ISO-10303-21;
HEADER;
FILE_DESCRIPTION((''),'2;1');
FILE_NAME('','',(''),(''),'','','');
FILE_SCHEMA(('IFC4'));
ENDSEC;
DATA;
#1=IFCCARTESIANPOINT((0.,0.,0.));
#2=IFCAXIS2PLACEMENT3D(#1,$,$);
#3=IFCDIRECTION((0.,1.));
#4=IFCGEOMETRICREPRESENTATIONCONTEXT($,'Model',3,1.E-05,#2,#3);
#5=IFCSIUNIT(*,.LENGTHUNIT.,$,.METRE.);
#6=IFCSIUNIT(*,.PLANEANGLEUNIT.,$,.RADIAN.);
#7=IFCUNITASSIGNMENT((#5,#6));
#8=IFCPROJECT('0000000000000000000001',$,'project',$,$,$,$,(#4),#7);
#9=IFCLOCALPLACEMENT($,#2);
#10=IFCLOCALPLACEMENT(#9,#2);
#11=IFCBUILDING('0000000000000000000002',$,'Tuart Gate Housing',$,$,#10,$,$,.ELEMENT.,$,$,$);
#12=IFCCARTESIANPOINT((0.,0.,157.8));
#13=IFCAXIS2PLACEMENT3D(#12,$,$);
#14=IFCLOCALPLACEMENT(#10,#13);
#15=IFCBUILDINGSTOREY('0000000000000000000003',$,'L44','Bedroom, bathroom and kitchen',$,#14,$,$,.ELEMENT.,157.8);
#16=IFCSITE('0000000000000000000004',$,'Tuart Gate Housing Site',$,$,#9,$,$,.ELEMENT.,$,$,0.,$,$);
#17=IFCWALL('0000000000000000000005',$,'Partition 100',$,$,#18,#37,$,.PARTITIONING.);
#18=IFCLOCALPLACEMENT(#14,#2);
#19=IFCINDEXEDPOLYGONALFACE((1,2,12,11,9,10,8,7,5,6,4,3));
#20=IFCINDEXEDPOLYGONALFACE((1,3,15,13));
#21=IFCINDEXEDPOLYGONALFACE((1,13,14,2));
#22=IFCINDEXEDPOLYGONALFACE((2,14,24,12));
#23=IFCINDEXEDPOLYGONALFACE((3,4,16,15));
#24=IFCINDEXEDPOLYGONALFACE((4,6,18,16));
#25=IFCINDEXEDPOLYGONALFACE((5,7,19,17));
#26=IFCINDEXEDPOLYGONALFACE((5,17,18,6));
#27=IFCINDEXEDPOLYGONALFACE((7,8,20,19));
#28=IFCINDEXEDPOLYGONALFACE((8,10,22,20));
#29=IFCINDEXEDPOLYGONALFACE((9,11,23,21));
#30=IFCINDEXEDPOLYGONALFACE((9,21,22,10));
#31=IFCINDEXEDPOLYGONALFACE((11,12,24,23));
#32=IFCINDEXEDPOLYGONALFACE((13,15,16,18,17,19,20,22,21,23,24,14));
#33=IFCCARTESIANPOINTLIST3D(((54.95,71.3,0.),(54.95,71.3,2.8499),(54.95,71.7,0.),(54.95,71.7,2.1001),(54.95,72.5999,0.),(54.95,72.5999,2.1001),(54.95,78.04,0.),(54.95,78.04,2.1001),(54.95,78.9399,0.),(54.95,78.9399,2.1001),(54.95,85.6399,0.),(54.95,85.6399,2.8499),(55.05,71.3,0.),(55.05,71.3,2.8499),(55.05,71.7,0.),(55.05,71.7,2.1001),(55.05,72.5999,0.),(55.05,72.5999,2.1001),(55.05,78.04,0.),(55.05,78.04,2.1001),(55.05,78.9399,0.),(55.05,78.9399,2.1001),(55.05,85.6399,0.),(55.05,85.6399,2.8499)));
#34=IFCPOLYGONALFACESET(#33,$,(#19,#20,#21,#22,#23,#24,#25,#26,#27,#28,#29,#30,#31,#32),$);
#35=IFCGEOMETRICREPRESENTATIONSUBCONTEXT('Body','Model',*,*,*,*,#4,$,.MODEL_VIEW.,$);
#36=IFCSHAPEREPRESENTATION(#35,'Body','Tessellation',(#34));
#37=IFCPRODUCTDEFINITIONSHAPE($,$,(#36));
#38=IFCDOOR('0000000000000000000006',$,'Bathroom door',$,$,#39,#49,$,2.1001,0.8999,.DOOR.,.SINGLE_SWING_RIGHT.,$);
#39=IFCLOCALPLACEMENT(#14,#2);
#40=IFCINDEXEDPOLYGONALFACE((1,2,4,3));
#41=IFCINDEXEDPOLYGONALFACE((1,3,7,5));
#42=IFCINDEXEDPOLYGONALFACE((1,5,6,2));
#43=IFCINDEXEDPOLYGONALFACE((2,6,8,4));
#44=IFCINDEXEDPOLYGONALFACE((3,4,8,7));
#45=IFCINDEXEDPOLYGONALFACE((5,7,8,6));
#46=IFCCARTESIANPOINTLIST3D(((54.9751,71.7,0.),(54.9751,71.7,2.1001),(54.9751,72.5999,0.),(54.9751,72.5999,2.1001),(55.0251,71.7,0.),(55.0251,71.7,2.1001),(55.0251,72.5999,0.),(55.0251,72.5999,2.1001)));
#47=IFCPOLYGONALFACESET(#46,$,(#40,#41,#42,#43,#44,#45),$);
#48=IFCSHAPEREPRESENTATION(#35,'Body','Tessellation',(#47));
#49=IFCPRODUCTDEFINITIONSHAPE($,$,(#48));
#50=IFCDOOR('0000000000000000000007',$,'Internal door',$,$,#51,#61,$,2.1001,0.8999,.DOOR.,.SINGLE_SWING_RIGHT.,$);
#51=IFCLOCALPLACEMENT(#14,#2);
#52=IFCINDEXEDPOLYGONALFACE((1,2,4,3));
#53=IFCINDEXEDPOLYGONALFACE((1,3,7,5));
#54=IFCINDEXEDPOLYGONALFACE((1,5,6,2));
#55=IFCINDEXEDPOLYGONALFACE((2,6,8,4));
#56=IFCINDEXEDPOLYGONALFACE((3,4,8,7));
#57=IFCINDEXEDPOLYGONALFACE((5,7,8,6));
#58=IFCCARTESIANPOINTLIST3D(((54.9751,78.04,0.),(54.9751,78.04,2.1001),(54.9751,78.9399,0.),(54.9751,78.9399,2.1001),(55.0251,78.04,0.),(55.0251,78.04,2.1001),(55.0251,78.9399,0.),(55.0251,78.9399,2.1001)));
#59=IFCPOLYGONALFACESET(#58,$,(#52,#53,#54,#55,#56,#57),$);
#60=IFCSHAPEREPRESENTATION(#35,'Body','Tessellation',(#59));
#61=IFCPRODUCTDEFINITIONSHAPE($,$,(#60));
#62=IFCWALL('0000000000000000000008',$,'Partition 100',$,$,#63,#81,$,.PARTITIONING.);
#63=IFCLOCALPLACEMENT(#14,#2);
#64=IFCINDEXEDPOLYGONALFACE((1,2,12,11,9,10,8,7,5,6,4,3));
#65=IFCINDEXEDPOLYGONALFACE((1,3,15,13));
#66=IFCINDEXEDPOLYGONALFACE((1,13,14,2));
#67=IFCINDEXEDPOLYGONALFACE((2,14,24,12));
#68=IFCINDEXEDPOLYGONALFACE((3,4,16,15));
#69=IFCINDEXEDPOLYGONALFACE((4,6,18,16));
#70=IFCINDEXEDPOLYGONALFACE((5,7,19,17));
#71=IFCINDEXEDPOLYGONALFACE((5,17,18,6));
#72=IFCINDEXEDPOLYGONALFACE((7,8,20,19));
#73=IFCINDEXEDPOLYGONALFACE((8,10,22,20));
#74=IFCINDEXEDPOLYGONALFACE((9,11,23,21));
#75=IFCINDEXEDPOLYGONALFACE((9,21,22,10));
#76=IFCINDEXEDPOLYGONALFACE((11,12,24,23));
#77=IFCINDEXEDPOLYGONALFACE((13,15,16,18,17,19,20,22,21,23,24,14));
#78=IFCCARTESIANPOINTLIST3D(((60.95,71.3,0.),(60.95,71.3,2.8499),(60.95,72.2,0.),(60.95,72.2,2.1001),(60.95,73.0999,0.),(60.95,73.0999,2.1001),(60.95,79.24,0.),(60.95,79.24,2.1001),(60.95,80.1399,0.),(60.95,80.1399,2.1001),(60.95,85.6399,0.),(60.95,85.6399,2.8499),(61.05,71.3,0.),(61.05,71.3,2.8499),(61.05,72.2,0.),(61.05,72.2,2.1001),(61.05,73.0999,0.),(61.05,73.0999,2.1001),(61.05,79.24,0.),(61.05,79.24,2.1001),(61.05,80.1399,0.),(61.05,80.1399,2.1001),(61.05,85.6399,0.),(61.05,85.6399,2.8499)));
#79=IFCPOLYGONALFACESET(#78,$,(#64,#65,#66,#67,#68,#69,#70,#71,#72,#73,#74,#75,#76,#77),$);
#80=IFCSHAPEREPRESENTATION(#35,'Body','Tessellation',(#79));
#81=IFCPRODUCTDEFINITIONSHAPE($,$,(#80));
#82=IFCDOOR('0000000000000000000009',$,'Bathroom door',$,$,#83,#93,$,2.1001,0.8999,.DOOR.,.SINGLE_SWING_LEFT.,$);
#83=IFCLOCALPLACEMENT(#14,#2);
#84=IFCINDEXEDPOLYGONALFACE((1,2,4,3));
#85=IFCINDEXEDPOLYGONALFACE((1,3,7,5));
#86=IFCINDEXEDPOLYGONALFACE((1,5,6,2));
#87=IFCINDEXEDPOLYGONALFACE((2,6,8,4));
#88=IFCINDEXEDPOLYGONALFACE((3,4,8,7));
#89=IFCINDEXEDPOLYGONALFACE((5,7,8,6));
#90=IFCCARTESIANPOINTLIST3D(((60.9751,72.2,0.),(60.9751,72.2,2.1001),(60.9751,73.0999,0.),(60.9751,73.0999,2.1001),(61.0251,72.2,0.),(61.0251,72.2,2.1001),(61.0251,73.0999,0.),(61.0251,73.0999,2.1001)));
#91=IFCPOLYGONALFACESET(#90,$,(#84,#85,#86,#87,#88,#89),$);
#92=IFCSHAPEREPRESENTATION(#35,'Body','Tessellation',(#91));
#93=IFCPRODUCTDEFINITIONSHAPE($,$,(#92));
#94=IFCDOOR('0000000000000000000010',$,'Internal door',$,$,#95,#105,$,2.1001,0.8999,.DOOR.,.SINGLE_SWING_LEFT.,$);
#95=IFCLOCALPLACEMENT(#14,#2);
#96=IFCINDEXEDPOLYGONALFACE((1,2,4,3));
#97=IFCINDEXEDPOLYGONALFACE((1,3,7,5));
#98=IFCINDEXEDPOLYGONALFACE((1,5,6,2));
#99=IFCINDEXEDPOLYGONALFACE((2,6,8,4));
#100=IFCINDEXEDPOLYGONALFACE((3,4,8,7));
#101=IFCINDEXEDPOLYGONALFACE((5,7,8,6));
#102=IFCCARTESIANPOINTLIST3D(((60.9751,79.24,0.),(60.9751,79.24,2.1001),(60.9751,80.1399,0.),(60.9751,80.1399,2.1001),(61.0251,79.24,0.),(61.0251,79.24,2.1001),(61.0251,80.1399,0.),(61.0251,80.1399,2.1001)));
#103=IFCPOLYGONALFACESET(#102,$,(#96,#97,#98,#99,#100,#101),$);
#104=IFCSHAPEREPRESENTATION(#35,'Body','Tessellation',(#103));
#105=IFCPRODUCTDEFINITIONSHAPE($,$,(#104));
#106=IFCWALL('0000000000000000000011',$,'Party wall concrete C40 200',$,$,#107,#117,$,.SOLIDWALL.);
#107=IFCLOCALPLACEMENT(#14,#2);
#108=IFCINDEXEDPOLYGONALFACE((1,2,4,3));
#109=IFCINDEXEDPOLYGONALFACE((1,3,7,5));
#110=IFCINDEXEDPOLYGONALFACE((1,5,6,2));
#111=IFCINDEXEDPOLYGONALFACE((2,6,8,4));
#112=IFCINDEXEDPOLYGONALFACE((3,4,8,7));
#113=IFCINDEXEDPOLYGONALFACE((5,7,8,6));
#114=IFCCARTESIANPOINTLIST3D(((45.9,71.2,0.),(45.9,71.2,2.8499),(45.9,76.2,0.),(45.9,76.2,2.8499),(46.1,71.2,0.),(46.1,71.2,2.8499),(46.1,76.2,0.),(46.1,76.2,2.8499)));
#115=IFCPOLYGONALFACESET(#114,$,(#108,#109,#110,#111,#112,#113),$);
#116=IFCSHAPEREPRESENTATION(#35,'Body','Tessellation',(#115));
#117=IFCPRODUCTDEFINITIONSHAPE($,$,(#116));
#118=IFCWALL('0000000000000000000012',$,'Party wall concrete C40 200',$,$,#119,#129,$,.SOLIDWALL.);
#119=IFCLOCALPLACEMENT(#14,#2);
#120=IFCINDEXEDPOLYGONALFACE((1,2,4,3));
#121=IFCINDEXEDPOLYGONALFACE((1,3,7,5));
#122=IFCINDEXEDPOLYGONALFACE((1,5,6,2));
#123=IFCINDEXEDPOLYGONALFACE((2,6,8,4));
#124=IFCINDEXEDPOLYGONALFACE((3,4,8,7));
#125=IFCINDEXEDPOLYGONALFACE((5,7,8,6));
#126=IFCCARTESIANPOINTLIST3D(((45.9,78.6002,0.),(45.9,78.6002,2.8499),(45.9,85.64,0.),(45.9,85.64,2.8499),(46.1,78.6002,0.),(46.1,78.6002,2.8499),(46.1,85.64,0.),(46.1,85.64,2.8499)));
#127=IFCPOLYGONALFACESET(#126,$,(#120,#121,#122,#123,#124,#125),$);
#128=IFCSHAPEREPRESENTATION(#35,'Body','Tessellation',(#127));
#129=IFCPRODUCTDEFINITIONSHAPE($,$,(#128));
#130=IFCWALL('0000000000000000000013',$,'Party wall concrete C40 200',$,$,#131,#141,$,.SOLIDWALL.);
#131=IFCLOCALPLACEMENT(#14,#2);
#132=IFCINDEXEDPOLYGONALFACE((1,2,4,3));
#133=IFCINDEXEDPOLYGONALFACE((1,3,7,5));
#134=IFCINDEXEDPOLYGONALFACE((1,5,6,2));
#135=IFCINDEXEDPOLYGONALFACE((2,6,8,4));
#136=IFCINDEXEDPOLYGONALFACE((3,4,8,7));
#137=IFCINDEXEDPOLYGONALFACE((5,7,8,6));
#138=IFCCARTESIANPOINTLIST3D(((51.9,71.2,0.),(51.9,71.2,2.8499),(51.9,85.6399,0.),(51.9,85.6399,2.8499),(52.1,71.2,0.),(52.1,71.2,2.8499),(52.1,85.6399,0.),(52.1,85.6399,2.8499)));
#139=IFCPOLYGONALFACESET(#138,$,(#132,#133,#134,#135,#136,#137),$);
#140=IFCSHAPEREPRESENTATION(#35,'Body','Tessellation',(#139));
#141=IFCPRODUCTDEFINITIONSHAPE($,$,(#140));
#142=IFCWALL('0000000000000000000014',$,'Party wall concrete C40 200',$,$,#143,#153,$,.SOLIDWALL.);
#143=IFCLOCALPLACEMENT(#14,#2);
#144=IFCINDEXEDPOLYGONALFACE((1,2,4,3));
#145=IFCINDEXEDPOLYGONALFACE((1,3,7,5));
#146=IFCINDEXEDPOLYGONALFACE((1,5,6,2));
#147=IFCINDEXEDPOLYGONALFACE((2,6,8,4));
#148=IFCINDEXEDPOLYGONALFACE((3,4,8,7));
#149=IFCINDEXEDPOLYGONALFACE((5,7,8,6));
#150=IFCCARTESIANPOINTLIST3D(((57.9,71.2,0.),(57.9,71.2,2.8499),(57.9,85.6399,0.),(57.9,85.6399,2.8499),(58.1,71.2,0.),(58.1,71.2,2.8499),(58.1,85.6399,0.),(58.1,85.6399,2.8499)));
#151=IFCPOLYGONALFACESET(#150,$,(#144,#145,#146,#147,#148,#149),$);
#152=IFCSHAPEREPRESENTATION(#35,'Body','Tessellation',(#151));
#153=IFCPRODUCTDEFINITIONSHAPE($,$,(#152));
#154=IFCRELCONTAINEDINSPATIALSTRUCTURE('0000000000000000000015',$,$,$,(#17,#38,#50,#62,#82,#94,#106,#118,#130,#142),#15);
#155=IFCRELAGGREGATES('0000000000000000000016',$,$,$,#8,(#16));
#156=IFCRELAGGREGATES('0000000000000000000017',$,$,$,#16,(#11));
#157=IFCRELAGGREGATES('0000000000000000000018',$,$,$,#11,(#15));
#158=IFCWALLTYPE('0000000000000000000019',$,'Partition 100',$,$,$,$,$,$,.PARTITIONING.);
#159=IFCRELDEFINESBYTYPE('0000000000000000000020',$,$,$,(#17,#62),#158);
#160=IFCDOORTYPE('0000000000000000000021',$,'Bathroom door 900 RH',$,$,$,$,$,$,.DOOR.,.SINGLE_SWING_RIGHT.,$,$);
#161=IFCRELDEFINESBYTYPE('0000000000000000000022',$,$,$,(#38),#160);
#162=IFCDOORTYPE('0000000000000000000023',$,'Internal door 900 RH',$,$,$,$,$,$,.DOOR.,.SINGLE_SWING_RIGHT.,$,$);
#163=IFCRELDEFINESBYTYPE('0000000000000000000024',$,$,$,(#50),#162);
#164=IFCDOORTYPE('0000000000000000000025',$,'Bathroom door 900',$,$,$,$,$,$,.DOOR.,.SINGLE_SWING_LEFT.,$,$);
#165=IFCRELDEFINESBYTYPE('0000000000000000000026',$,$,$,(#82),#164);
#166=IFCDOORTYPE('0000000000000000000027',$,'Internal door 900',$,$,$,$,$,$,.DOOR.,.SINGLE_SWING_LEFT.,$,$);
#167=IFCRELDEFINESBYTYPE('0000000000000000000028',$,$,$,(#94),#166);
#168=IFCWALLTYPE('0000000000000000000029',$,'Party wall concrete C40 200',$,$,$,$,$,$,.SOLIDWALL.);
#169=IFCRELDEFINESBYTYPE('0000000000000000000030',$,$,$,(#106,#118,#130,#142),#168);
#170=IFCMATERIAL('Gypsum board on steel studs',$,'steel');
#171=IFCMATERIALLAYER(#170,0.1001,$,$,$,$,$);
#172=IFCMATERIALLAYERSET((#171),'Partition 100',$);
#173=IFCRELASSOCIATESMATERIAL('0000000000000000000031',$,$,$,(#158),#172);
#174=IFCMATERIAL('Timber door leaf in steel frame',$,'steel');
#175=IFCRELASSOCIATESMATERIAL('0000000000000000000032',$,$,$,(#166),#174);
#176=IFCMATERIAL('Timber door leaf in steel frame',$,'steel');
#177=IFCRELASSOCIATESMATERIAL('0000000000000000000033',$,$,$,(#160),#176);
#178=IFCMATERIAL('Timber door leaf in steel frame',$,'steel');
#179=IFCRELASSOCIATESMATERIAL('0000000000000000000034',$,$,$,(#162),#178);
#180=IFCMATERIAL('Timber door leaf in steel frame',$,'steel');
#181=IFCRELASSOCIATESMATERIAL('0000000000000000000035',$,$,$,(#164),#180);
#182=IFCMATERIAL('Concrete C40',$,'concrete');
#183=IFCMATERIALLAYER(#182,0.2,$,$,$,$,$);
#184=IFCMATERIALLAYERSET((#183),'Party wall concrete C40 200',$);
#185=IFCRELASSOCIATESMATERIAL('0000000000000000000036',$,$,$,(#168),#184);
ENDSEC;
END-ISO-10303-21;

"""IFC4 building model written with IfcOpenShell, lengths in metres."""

from ifc_helpers import new_model, si_unit, direction, frame, frame_2d, origin, place, context, subcontext, project, spatial, rectangle, extrude, material, layer, layer_set, type_object, element, fill, save


model = new_model("IFC4")

# Units and contexts
model_context = context("Model", 3, precision=1e-05, world=origin(), true_north=direction((0.0, 1.0)))
body_context = subcontext(model_context, "Body", "Model", "MODEL_VIEW")
ifc_project = project(units=[si_unit("LENGTHUNIT", "METRE"), si_unit("PLANEANGLEUNIT", "RADIAN")], contexts=[model_context])

# Site, building, storey
site_placement = place(None, origin())
site = spatial("IfcSite", under=ifc_project, at=site_placement, Name="Tuart Gate Housing Site", CompositionType="ELEMENT", RefElevation=0.0)
building_placement = place(site_placement, origin())
building = spatial("IfcBuilding", under=site, at=building_placement, Name="Tuart Gate Housing", CompositionType="ELEMENT")
storey_placement = place(building_placement, frame((0.0, 0.0, 157.8)))
storey = spatial("IfcBuildingStorey", under=building, at=storey_placement, Name="L44", Description="Bedroom, bathroom and kitchen", CompositionType="ELEMENT", Elevation=157.8)

# Shared definitions
ifc_material_1 = material(Name="Gypsum board on steel studs", Category="steel")
ifc_layer_1 = layer(ifc_material_1, 0.1001)
ifc_layer_set_1 = layer_set([ifc_layer_1], Name="Partition 100")
wall_type_1 = type_object("IfcWallType", Name="Partition 100", PredefinedType="PARTITIONING", material=ifc_layer_set_1)

# Shared definitions
ifc_material_2 = material(Name="Timber door leaf in steel frame", Category="steel")
door_type_1 = type_object("IfcDoorType", Name="Internal door 900", OperationType="SINGLE_SWING_LEFT", PredefinedType="DOOR", material=ifc_material_2)

# Walls, openings, doors
ifc_material_3 = material(Name="Timber door leaf in steel frame", Category="steel")
door_type_2 = type_object("IfcDoorType", Name="Bathroom door 900 RH", OperationType="SINGLE_SWING_RIGHT", PredefinedType="DOOR", material=ifc_material_3)
ifc_material_4 = material(Name="Timber door leaf in steel frame", Category="steel")
door_type_3 = type_object("IfcDoorType", Name="Internal door 900 RH", OperationType="SINGLE_SWING_RIGHT", PredefinedType="DOOR", material=ifc_material_4)
wall_1_placement = place(storey_placement, frame((55.0, 71.3, 0.0), z_axis=(0.0, 0.0, 1.0), x_axis=(0.0, 1.0, 0.0)))
wall_1 = element("IfcWall", 1, at=wall_1_placement, inside=storey, type_object=wall_type_1, Name="Partition 100", PredefinedType="PARTITIONING", context=body_context, shape_type="SweptSolid", body=[
    extrude(rectangle(XDim=14.3398, YDim=0.1001, at=frame_2d((7.1699, 0.0))), origin(), (0.0, 0.0, 1.0), 2.8499),
])
opening_1_placement = place(wall_1_placement, frame((6.74, 0.0, 0.0)))
opening_1 = element("IfcOpeningElement", 2, at=opening_1_placement, cuts=wall_1, PredefinedType="OPENING", context=body_context, shape_type="SweptSolid", body=[
    extrude(rectangle(XDim=0.8999, YDim=2.1001, at=frame_2d((0.45, 1.05))), frame((0.0, 0.0601, 0.0), z_axis=(0.0, -1.0, 0.0), x_axis=(1.0, 0.0, 0.0)), (0.0, 0.0, 1.0), 0.1201),
])
opening_2_placement = place(wall_1_placement, frame((0.3999, 0.0, 0.0)))
opening_2 = element("IfcOpeningElement", 3, at=opening_2_placement, cuts=wall_1, PredefinedType="OPENING", context=body_context, shape_type="SweptSolid", body=[
    extrude(rectangle(XDim=0.8999, YDim=2.1001, at=frame_2d((0.45, 1.05))), frame((0.0, 0.0601, 0.0), z_axis=(0.0, -1.0, 0.0), x_axis=(1.0, 0.0, 0.0)), (0.0, 0.0, 1.0), 0.1201),
])
door_1_placement = place(opening_2_placement, frame((0.8999, 0.0, 0.0), z_axis=(0.0, 0.0, 1.0), x_axis=(-1.0, 0.0, 0.0)))
door_1 = element("IfcDoor", 4, at=door_1_placement, inside=storey, type_object=door_type_2, Name="Bathroom door", OperationType="SINGLE_SWING_RIGHT", OverallHeight=2.1001, OverallWidth=0.8999, PredefinedType="DOOR", context=body_context, shape_type="SweptSolid", body=[
    extrude(rectangle(XDim=0.8999, YDim=2.1001, at=frame_2d((0.45, 1.05))), frame((0.0, 0.0251, 0.0), z_axis=(0.0, -1.0, 0.0), x_axis=(1.0, 0.0, 0.0)), (0.0, 0.0, 1.0), 0.05),
])
fill(opening_2, door_1)
door_2_placement = place(opening_1_placement, frame((0.8999, 0.0, 0.0), z_axis=(0.0, 0.0, 1.0), x_axis=(-1.0, 0.0, 0.0)))
door_2 = element("IfcDoor", 5, at=door_2_placement, inside=storey, type_object=door_type_3, Name="Internal door", OperationType="SINGLE_SWING_RIGHT", OverallHeight=2.1001, OverallWidth=0.8999, PredefinedType="DOOR", context=body_context, shape_type="SweptSolid", body=[
    extrude(rectangle(XDim=0.8999, YDim=2.1001, at=frame_2d((0.45, 1.05))), frame((0.0, 0.0251, 0.0), z_axis=(0.0, -1.0, 0.0), x_axis=(1.0, 0.0, 0.0)), (0.0, 0.0, 1.0), 0.05),
])
fill(opening_1, door_2)
wall_2_placement = place(storey_placement, frame((61.0, 71.3, 0.0), z_axis=(0.0, 0.0, 1.0), x_axis=(0.0, 1.0, 0.0)))
wall_2 = element("IfcWall", 6, at=wall_2_placement, inside=storey, type_object=wall_type_1, Name="Partition 100", PredefinedType="PARTITIONING", context=body_context, shape_type="SweptSolid", body=[
    extrude(rectangle(XDim=14.3398, YDim=0.1001, at=frame_2d((7.1699, 0.0))), origin(), (0.0, 0.0, 1.0), 2.8499),
])
opening_3_placement = place(wall_2_placement, frame((7.9399, 0.0, 0.0)))
opening_3 = element("IfcOpeningElement", 7, at=opening_3_placement, cuts=wall_2, PredefinedType="OPENING", context=body_context, shape_type="SweptSolid", body=[
    extrude(rectangle(XDim=0.8999, YDim=2.1001, at=frame_2d((0.45, 1.05))), frame((0.0, 0.0601, 0.0), z_axis=(0.0, -1.0, 0.0), x_axis=(1.0, 0.0, 0.0)), (0.0, 0.0, 1.0), 0.1201),
])
opening_4_placement = place(wall_2_placement, frame((0.8999, 0.0, 0.0)))
opening_4 = element("IfcOpeningElement", 8, at=opening_4_placement, cuts=wall_2, PredefinedType="OPENING", context=body_context, shape_type="SweptSolid", body=[
    extrude(rectangle(XDim=0.8999, YDim=2.1001, at=frame_2d((0.45, 1.05))), frame((0.0, 0.0601, 0.0), z_axis=(0.0, -1.0, 0.0), x_axis=(1.0, 0.0, 0.0)), (0.0, 0.0, 1.0), 0.1201),
])
ifc_material_5 = material(Name="Timber door leaf in steel frame", Category="steel")
door_type_4 = type_object("IfcDoorType", Name="Bathroom door 900", OperationType="SINGLE_SWING_LEFT", PredefinedType="DOOR", material=ifc_material_5)
door_3_placement = place(opening_4_placement, origin())
door_3 = element("IfcDoor", 9, at=door_3_placement, inside=storey, type_object=door_type_4, Name="Bathroom door", OperationType="SINGLE_SWING_LEFT", OverallHeight=2.1001, OverallWidth=0.8999, PredefinedType="DOOR", context=body_context, shape_type="SweptSolid", body=[
    extrude(rectangle(XDim=0.8999, YDim=2.1001, at=frame_2d((0.45, 1.05))), frame((0.0, 0.0249, 0.0), z_axis=(0.0, -1.0, 0.0), x_axis=(1.0, 0.0, 0.0)), (0.0, 0.0, 1.0), 0.05),
])
fill(opening_4, door_3)
door_4_placement = place(opening_3_placement, origin())
door_4 = element("IfcDoor", 10, at=door_4_placement, inside=storey, type_object=door_type_1, Name="Internal door", OperationType="SINGLE_SWING_LEFT", OverallHeight=2.1001, OverallWidth=0.8999, PredefinedType="DOOR", context=body_context, shape_type="SweptSolid", body=[
    extrude(rectangle(XDim=0.8999, YDim=2.1001, at=frame_2d((0.45, 1.05))), frame((0.0, 0.0249, 0.0), z_axis=(0.0, -1.0, 0.0), x_axis=(1.0, 0.0, 0.0)), (0.0, 0.0, 1.0), 0.05),
])
fill(opening_3, door_4)

# Walls
ifc_material_6 = material(Name="Concrete C40", Category="concrete")
ifc_layer_2 = layer(ifc_material_6, 0.2)
ifc_layer_set_2 = layer_set([ifc_layer_2], Name="Party wall concrete C40 200")
wall_type_2 = type_object("IfcWallType", Name="Party wall concrete C40 200", PredefinedType="SOLIDWALL", material=ifc_layer_set_2)
wall_3_placement = place(storey_placement, frame((46.0, 71.2, 0.0), z_axis=(0.0, 0.0, 1.0), x_axis=(0.0, 1.0, 0.0)))
element("IfcWall", 11, at=wall_3_placement, inside=storey, type_object=wall_type_2, Name="Party wall concrete C40 200", PredefinedType="SOLIDWALL", context=body_context, shape_type="SweptSolid", body=[
    extrude(rectangle(XDim=5.0, YDim=0.2, at=frame_2d((2.5, 0.0))), origin(), (0.0, 0.0, 1.0), 2.8499),
])
wall_4_placement = place(storey_placement, frame((46.0, 78.6001, 0.0), z_axis=(0.0, 0.0, 1.0), x_axis=(0.0, 1.0, 0.0)))
element("IfcWall", 12, at=wall_4_placement, inside=storey, type_object=wall_type_2, Name="Party wall concrete C40 200", PredefinedType="SOLIDWALL", context=body_context, shape_type="SweptSolid", body=[
    extrude(rectangle(XDim=7.0398, YDim=0.2, at=frame_2d((3.52, 0.0))), origin(), (0.0, 0.0, 1.0), 2.8499),
])
for number, where, z_axis, x_axis, name in (
    (13, (52.0, 71.2, 0.0), (0.0, 0.0, 1.0), (0.0, 1.0, 0.0), "Party wall concrete C40 200"),
    (14, (58.0, 71.2, 0.0), (0.0, 0.0, 1.0), (0.0, 1.0, 0.0), "Party wall concrete C40 200"),
):
    element("IfcWall", number, at=place(storey_placement, frame(where, z_axis=z_axis, x_axis=x_axis)), inside=storey, type_object=wall_type_2, Name=name, PredefinedType="SOLIDWALL", context=body_context, shape_type="SweptSolid", body=[
        extrude(rectangle(XDim=14.4399, YDim=0.2, at=frame_2d((7.22, 0.0))), origin(), (0.0, 0.0, 1.0), 2.8499),
    ])

save(model, "model.ifc")
